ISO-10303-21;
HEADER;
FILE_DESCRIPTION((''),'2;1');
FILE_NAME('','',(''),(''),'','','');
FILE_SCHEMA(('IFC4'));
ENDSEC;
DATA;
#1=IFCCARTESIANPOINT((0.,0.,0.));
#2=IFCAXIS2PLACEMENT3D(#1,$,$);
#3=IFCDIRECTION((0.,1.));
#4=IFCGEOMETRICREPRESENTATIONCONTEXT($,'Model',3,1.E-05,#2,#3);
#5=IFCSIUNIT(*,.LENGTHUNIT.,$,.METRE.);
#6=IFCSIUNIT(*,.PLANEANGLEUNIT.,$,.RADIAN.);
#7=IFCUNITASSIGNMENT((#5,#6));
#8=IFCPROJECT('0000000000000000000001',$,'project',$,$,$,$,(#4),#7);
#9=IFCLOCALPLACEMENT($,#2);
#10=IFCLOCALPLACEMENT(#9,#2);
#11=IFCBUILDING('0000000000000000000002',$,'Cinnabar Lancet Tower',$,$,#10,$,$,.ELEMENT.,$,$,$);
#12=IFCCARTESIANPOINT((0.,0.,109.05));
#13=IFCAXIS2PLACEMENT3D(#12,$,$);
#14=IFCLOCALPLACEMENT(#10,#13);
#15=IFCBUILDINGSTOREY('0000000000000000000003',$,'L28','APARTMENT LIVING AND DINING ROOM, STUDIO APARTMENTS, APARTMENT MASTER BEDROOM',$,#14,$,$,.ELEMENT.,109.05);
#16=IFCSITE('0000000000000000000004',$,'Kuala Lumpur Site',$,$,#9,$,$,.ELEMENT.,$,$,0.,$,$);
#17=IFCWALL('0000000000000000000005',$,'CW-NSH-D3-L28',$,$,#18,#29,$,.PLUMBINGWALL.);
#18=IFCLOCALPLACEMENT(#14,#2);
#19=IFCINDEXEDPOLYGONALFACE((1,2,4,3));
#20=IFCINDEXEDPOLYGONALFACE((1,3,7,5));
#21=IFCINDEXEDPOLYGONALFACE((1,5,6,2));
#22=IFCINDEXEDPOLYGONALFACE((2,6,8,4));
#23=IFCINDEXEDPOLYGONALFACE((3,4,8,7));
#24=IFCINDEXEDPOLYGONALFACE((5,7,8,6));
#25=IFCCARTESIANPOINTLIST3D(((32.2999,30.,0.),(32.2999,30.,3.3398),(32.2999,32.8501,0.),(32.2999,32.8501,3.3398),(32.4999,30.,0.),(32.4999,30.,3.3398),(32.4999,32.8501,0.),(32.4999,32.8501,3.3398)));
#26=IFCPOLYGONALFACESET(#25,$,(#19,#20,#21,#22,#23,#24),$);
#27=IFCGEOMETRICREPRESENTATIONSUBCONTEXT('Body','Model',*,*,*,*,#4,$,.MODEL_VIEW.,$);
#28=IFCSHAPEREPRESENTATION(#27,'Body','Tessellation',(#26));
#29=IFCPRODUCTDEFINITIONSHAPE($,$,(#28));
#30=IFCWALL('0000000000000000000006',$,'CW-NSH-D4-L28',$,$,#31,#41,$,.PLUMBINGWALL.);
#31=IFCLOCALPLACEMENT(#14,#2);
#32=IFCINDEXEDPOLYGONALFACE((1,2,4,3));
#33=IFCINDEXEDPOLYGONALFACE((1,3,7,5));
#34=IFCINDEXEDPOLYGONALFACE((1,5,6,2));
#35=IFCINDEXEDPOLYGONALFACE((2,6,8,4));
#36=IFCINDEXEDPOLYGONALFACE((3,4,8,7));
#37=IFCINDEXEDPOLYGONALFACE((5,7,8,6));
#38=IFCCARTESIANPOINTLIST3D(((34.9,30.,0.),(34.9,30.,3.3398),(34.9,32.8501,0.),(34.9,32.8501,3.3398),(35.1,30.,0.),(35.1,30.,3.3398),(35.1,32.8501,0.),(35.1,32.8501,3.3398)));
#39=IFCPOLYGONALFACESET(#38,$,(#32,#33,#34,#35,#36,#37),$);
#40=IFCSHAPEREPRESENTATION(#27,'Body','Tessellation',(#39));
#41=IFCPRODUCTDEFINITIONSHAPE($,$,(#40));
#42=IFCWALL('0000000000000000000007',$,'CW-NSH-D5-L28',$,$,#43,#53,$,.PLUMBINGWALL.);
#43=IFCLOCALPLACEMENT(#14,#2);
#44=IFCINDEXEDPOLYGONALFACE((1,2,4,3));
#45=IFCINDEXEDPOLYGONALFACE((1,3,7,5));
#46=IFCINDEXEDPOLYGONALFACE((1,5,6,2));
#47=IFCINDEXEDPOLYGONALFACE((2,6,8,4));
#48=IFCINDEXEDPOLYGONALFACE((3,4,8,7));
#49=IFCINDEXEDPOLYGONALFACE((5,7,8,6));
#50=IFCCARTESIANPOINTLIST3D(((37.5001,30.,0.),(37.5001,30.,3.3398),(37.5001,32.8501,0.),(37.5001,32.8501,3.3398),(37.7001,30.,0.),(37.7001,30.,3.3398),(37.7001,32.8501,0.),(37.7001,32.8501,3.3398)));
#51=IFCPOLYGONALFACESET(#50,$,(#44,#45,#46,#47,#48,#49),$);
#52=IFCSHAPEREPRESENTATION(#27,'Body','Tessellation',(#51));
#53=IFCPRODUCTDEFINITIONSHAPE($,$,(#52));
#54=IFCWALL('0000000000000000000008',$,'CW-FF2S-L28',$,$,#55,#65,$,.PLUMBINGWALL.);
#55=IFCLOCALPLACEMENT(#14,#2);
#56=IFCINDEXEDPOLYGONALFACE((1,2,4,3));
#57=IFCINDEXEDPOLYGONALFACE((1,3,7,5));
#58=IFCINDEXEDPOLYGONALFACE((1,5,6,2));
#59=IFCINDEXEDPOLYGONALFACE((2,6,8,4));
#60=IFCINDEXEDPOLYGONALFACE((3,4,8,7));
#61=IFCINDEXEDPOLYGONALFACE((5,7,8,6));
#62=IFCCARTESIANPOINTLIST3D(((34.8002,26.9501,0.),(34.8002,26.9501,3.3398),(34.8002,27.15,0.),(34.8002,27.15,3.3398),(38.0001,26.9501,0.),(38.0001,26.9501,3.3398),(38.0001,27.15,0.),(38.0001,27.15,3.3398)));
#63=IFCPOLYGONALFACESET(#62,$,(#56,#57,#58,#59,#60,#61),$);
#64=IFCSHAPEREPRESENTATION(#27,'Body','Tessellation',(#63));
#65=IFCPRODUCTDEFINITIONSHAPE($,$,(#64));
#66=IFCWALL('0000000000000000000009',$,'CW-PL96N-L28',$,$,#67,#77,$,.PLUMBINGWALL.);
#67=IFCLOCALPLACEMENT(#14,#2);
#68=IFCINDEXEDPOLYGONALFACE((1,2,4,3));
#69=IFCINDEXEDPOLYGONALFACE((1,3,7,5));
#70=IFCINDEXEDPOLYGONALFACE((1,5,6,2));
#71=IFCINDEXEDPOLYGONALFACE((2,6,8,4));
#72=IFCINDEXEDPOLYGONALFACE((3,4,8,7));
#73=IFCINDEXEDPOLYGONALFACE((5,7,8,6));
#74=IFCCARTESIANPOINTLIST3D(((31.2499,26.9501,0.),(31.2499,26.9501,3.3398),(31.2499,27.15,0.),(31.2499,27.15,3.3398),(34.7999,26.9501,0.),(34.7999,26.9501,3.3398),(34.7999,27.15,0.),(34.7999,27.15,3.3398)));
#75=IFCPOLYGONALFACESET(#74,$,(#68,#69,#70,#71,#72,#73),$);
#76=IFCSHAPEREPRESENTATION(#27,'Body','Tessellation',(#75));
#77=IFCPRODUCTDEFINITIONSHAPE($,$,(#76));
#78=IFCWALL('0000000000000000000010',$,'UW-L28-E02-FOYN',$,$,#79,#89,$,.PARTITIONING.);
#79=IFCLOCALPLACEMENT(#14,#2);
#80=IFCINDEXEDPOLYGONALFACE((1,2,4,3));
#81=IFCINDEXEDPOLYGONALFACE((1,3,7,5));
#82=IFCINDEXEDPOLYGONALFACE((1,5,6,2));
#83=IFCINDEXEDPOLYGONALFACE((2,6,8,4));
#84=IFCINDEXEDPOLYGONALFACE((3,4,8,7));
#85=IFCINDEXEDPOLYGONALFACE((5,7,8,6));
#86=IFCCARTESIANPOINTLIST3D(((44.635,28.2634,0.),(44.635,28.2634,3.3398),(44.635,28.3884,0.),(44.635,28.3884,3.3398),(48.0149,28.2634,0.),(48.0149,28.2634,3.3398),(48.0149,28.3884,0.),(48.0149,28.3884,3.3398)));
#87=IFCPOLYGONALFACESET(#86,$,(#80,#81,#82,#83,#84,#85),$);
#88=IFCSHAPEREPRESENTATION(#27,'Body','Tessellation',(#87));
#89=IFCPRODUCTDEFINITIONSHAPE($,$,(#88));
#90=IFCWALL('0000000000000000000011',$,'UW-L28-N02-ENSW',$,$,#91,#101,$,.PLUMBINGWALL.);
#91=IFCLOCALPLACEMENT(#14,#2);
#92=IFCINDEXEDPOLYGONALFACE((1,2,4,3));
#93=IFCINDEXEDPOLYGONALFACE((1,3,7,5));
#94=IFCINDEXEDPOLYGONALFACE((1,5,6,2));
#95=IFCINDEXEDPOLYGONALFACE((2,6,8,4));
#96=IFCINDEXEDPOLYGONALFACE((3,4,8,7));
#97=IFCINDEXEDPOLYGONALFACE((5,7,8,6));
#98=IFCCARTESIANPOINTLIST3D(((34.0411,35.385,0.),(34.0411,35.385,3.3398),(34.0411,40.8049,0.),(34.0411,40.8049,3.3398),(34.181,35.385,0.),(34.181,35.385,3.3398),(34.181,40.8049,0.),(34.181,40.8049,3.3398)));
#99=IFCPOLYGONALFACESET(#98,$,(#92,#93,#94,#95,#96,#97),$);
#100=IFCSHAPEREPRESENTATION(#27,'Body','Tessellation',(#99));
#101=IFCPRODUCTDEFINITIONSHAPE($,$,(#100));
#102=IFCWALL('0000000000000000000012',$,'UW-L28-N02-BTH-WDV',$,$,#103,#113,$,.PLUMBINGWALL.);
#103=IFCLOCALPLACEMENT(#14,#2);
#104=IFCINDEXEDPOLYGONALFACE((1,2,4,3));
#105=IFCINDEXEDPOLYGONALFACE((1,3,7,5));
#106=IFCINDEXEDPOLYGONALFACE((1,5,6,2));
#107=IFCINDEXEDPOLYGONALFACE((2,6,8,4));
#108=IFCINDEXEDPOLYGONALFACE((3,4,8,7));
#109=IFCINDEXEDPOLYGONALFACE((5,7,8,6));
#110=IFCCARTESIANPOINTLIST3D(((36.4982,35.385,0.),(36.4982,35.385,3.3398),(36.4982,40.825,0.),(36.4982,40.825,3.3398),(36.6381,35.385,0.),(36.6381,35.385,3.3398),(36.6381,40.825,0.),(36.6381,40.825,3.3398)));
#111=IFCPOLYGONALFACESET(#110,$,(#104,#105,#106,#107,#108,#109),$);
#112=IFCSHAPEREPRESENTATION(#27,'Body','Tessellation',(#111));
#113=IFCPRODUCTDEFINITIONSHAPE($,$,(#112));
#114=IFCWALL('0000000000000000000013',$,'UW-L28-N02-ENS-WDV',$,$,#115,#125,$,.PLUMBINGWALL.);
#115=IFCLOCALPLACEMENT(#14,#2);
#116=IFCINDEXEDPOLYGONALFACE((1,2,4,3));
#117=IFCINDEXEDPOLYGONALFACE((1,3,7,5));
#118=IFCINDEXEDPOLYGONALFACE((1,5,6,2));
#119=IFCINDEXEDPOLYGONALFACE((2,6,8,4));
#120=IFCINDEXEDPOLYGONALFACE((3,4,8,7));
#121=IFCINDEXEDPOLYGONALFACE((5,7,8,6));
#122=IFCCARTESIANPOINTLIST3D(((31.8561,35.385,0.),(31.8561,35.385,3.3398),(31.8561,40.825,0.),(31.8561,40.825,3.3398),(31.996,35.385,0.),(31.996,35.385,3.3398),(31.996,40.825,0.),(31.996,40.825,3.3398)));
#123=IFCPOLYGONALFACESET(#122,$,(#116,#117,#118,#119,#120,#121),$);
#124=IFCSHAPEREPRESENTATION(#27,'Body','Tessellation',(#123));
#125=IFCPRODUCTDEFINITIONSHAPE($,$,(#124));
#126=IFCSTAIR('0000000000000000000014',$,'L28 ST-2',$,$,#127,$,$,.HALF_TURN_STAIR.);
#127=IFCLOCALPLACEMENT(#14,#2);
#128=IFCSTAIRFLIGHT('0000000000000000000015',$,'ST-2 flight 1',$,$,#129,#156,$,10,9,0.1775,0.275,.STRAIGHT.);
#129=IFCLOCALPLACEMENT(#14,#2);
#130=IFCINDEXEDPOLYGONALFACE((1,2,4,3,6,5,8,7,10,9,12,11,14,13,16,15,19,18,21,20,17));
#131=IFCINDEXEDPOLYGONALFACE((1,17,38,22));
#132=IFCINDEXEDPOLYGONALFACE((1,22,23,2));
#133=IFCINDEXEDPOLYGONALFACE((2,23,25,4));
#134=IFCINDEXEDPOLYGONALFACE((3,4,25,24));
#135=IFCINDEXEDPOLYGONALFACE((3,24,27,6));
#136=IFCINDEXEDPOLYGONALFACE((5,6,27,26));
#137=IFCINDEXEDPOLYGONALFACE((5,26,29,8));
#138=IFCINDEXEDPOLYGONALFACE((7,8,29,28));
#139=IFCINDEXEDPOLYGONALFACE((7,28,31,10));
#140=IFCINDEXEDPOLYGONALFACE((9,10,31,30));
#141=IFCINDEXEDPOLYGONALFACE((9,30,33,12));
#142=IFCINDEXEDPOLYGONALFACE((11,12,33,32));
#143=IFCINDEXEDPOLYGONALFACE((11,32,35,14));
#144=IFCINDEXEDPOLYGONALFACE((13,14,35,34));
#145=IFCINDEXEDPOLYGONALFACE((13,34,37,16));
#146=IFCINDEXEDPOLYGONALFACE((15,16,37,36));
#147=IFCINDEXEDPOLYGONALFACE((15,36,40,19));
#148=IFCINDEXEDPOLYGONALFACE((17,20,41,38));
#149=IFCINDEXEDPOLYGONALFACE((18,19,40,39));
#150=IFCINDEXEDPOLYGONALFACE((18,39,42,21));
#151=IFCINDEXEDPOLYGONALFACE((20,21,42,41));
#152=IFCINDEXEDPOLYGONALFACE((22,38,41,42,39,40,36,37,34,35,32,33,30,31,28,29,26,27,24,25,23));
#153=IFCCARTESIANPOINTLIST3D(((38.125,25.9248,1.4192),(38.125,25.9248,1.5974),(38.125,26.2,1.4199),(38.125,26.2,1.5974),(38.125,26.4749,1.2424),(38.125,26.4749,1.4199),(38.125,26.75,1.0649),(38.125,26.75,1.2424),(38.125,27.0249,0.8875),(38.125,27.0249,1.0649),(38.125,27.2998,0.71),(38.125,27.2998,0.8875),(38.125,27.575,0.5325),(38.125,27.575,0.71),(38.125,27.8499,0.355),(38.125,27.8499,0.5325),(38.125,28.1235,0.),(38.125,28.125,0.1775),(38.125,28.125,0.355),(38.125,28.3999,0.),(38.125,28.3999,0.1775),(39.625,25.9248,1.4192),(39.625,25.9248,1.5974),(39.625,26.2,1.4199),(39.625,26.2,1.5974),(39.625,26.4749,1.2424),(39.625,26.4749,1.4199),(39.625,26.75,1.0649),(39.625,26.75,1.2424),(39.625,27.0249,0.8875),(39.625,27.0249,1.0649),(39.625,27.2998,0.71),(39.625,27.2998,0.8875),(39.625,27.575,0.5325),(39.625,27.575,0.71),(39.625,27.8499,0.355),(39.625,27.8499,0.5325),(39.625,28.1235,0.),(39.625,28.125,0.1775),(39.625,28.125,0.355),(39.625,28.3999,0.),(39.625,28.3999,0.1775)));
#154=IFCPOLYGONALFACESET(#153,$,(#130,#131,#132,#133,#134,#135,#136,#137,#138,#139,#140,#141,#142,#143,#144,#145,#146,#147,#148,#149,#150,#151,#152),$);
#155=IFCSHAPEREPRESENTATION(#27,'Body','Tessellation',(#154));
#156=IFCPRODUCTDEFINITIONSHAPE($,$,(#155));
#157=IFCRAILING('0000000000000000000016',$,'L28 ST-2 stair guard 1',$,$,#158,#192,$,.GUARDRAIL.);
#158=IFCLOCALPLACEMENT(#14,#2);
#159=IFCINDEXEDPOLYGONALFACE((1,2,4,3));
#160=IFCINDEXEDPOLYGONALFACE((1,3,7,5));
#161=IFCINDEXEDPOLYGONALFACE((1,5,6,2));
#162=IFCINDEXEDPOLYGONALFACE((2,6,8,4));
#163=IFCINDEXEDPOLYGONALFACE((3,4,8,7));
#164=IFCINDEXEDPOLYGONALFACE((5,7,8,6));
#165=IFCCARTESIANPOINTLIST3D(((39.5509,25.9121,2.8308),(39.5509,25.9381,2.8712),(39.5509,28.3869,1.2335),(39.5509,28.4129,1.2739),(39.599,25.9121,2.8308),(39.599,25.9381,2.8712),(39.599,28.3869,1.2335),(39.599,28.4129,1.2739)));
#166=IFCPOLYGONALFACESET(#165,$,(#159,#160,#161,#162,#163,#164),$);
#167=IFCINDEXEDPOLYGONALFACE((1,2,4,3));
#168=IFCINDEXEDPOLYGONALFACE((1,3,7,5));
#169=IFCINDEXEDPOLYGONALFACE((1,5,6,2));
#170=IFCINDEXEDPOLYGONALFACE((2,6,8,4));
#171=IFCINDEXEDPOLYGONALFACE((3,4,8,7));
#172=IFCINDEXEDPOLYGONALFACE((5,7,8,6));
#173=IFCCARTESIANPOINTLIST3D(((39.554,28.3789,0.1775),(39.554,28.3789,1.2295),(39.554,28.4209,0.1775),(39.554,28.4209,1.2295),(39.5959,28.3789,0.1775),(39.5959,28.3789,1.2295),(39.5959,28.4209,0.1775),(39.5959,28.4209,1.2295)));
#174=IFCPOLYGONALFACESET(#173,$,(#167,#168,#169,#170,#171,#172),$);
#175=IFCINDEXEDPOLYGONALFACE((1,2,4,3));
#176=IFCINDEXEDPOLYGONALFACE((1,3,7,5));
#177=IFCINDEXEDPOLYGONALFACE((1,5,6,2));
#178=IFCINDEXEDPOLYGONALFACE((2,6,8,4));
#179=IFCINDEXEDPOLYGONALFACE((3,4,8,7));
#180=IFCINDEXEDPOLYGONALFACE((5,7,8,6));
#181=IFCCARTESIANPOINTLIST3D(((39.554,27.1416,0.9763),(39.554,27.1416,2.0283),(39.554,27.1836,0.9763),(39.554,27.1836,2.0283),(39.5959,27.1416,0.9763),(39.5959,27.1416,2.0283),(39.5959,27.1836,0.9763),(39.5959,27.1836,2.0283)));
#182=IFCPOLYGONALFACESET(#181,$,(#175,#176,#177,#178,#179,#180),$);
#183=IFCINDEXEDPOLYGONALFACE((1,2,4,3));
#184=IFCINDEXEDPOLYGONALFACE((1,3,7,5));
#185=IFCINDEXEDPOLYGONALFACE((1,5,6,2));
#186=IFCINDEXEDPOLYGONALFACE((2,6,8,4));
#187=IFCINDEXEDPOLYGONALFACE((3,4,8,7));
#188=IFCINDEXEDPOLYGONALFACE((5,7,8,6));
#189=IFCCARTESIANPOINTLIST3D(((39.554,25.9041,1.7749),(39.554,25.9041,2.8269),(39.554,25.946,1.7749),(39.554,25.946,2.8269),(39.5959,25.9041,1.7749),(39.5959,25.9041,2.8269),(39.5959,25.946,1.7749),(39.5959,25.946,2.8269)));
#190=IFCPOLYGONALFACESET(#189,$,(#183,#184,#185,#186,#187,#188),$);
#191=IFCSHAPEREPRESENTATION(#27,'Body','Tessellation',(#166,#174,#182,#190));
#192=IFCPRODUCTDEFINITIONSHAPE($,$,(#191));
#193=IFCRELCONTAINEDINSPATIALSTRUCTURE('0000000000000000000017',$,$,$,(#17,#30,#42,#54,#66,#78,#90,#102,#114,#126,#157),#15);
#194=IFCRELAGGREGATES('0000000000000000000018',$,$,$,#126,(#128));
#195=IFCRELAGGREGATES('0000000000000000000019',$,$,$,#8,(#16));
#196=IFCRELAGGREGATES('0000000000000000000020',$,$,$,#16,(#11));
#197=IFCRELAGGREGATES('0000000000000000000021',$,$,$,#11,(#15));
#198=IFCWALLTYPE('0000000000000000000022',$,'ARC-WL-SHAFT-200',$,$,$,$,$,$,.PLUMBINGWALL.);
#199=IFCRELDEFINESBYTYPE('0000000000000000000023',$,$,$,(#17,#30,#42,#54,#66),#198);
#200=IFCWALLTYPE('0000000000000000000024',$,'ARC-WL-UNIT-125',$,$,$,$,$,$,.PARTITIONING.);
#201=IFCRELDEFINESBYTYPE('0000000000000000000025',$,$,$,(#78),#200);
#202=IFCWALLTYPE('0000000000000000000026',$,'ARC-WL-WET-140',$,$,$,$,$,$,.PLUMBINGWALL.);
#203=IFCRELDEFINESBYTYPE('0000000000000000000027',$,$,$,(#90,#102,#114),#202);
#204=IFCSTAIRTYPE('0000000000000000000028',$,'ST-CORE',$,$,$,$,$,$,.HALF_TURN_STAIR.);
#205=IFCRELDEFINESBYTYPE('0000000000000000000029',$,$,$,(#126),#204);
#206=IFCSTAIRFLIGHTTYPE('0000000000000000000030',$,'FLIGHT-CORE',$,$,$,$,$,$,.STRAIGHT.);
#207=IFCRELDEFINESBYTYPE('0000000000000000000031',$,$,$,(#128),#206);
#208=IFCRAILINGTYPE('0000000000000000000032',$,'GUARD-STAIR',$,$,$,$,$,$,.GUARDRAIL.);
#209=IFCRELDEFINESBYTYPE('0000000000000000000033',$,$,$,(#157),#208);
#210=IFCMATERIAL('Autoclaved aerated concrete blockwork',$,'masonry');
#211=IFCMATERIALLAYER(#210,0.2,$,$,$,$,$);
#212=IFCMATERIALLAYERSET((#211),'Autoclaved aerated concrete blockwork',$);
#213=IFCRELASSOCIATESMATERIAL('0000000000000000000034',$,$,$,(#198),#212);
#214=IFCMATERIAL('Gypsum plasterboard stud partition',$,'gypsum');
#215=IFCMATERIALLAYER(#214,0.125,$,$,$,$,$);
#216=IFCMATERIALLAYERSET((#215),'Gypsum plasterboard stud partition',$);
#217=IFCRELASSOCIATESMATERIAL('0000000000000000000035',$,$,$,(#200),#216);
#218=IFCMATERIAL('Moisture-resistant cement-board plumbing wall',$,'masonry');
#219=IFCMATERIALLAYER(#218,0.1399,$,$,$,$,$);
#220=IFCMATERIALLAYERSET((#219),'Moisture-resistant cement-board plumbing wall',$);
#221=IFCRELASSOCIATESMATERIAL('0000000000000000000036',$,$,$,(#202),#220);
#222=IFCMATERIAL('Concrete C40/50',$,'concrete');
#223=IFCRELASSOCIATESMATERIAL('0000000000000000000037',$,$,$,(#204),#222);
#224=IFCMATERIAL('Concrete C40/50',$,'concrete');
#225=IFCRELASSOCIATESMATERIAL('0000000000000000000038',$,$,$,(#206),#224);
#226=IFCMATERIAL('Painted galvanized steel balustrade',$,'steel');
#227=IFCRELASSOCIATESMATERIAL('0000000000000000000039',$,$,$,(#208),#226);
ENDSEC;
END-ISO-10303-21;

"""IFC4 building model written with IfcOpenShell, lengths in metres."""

from ifc_helpers import new_model, si_unit, direction, frame, frame_2d, origin, origin_2d, place, context, subcontext, project, spatial, polyline, rectangle, outline, extrude, material, layer, layer_set, type_object, element, aggregate, save


model = new_model("IFC4")

# Units and contexts
model_context = context("Model", 3, precision=1e-05, world=origin(), true_north=direction((0.0, 1.0)))
body_context = subcontext(model_context, "Body", "Model", "MODEL_VIEW")
ifc_project = project(units=[si_unit("LENGTHUNIT", "METRE"), si_unit("PLANEANGLEUNIT", "RADIAN")], contexts=[model_context])

# Site, building, storey
site_placement = place(None, origin())
site = spatial("IfcSite", under=ifc_project, at=site_placement, Name="Kuala Lumpur Site", CompositionType="ELEMENT", RefElevation=0.0)
building_placement = place(site_placement, origin())
building = spatial("IfcBuilding", under=site, at=building_placement, Name="Cinnabar Lancet Tower", CompositionType="ELEMENT")
storey_placement = place(building_placement, frame((0.0, 0.0, 109.05)))
storey = spatial("IfcBuildingStorey", under=building, at=storey_placement, Name="L28", Description="APARTMENT LIVING AND DINING ROOM, STUDIO APARTMENTS, APARTMENT MASTER BEDROOM", CompositionType="ELEMENT", Elevation=109.05)

# Shared definitions
ifc_material_1 = material(Name="Autoclaved aerated concrete blockwork", Category="masonry")
ifc_layer_1 = layer(ifc_material_1, 0.2)
ifc_layer_set_1 = layer_set([ifc_layer_1], Name="Autoclaved aerated concrete blockwork")
wall_type_1 = type_object("IfcWallType", Name="ARC-WL-SHAFT-200", PredefinedType="PLUMBINGWALL", material=ifc_layer_set_1)

# Walls
for number, where, z_axis, x_axis, name in (
    (1, (32.3999, 30.0, 0.0), (0.0, 0.0, 1.0), (0.0, 1.0, 0.0), "CW-NSH-D3-L28"),
    (2, (35.0, 30.0, 0.0), (0.0, 0.0, 1.0), (0.0, 1.0, 0.0), "CW-NSH-D4-L28"),
    (3, (37.6001, 30.0, 0.0), (0.0, 0.0, 1.0), (0.0, 1.0, 0.0), "CW-NSH-D5-L28"),
):
    element("IfcWall", number, at=place(storey_placement, frame(where, z_axis=z_axis, x_axis=x_axis)), inside=storey, type_object=wall_type_1, Name=name, PredefinedType="PLUMBINGWALL", context=body_context, shape_type="SweptSolid", body=[
        extrude(rectangle(XDim=2.8501, YDim=0.2, at=frame_2d((1.425, 0.0))), origin(), (0.0, 0.0, 1.0), 3.3398),
    ])

# Walls
wall_1_placement = place(storey_placement, frame((34.8, 27.05, 0.0), z_axis=(0.0, 0.0, 1.0), x_axis=(1.0, 0.0, 0.0)))
element("IfcWall", 4, at=wall_1_placement, inside=storey, type_object=wall_type_1, Name="CW-FF2S-L28", PredefinedType="PLUMBINGWALL", context=body_context, shape_type="SweptSolid", body=[
    extrude(rectangle(XDim=3.2, YDim=0.2, at=frame_2d((1.6001, 0.0))), origin(), (0.0, 0.0, 1.0), 3.3398),
])
wall_2_placement = place(storey_placement, frame((31.25, 27.05, 0.0), z_axis=(0.0, 0.0, 1.0), x_axis=(1.0, 0.0, 0.0)))
element("IfcWall", 5, at=wall_2_placement, inside=storey, type_object=wall_type_1, Name="CW-PL96N-L28", PredefinedType="PLUMBINGWALL", context=body_context, shape_type="SweptSolid", body=[
    extrude(rectangle(XDim=3.55, YDim=0.2, at=frame_2d((1.7749, 0.0))), origin(), (0.0, 0.0, 1.0), 3.3398),
])
ifc_material_2 = material(Name="Gypsum plasterboard stud partition", Category="gypsum")
ifc_layer_2 = layer(ifc_material_2, 0.125)
ifc_layer_set_2 = layer_set([ifc_layer_2], Name="Gypsum plasterboard stud partition")
wall_type_2 = type_object("IfcWallType", Name="ARC-WL-UNIT-125", PredefinedType="PARTITIONING", material=ifc_layer_set_2)
wall_3_placement = place(storey_placement, frame((44.635, 28.3259, 0.0), z_axis=(0.0, 0.0, 1.0), x_axis=(1.0, 0.0, 0.0)))
element("IfcWall", 6, at=wall_3_placement, inside=storey, type_object=wall_type_2, Name="UW-L28-E02-FOYN", PredefinedType="PARTITIONING", context=body_context, shape_type="SweptSolid", body=[
    extrude(rectangle(XDim=3.3799, YDim=0.125, at=frame_2d((1.6899, 0.0))), origin(), (0.0, 0.0, 1.0), 3.3398),
])
ifc_material_3 = material(Name="Moisture-resistant cement-board plumbing wall", Category="masonry")
ifc_layer_3 = layer(ifc_material_3, 0.1399)
ifc_layer_set_3 = layer_set([ifc_layer_3], Name="Moisture-resistant cement-board plumbing wall")
wall_type_3 = type_object("IfcWallType", Name="ARC-WL-WET-140", PredefinedType="PLUMBINGWALL", material=ifc_layer_set_3)
wall_4_placement = place(storey_placement, frame((34.1111, 35.385, 0.0), z_axis=(0.0, 0.0, 1.0), x_axis=(0.0, 1.0, 0.0)))
element("IfcWall", 7, at=wall_4_placement, inside=storey, type_object=wall_type_3, Name="UW-L28-N02-ENSW", PredefinedType="PLUMBINGWALL", context=body_context, shape_type="SweptSolid", body=[
    extrude(rectangle(XDim=5.4199, YDim=0.1399, at=frame_2d((2.71, 0.0))), origin(), (0.0, 0.0, 1.0), 3.3398),
])
for number, where, z_axis, x_axis, name in (
    (8, (36.5681, 35.385, 0.0), (0.0, 0.0, 1.0), (0.0, 1.0, 0.0), "UW-L28-N02-BTH-WDV"),
    (9, (31.926, 35.385, 0.0), (0.0, 0.0, 1.0), (0.0, 1.0, 0.0), "UW-L28-N02-ENS-WDV"),
):
    element("IfcWall", number, at=place(storey_placement, frame(where, z_axis=z_axis, x_axis=x_axis)), inside=storey, type_object=wall_type_3, Name=name, PredefinedType="PLUMBINGWALL", context=body_context, shape_type="SweptSolid", body=[
        extrude(rectangle(XDim=5.4399, YDim=0.1399, at=frame_2d((2.72, 0.0))), origin(), (0.0, 0.0, 1.0), 3.3398),
    ])

# Stair, stair flight
ifc_material_4 = material(Name="Concrete C40/50", Category="concrete")
stair_type = type_object("IfcStairType", Name="ST-CORE", PredefinedType="HALF_TURN_STAIR", material=ifc_material_4)
stair_placement = place(storey_placement, origin())
stair = element("IfcStair", 10, at=stair_placement, inside=storey, type_object=stair_type, Name="L28 ST-2", PredefinedType="HALF_TURN_STAIR")
ifc_material_5 = material(Name="Concrete C40/50", Category="concrete")
stair_flight_type = type_object("IfcStairFlightType", Name="FLIGHT-CORE", PredefinedType="STRAIGHT", material=ifc_material_5)
stair_flight_placement = place(storey_placement, frame((38.875, 28.3999, 0.0), z_axis=(0.0, 0.0, 1.0), x_axis=(0.0, -1.0, 0.0)))
stair_flight = element("IfcStairFlight", 11, at=stair_flight_placement, type_object=stair_flight_type, Name="ST-2 flight 1", NumberOfRisers=10, NumberOfTreads=9, PredefinedType="STRAIGHT", RiserHeight=0.1775, TreadLength=0.275, context=body_context, shape_type="SweptSolid", body=[
    extrude(outline(polyline([(0.0, 0.0), (0.0, 0.1775), (0.2749, 0.1775), (0.2749, 0.355), (0.55, 0.355), (0.55, 0.5325), (0.825, 0.5325), (0.825, 0.71), (1.1001, 0.71), (1.1001, 0.8875), (1.375, 0.8875), (1.375, 1.0649), (1.6499, 1.0649), (1.6499, 1.2424), (1.925, 1.2424), (1.925, 1.4199), (2.2, 1.4199), (2.2, 1.5974), (2.4751, 1.5974), (2.4751, 1.7749), (2.4751, 1.4192), (0.2764, 0.0), (0.0, 0.0)])), frame((0.0, 0.75, 0.0), z_axis=(0.0, -1.0, 0.0), x_axis=(1.0, 0.0, 0.0)), (0.0, 0.0, 1.0), 1.5),
])
aggregate(stair, [stair_flight])

# Railing
ifc_material_6 = material(Name="Painted galvanized steel balustrade", Category="steel")
railing_type_1 = type_object("IfcRailingType", Name="GUARD-STAIR", PredefinedType="GUARDRAIL", material=ifc_material_6)
railing_1_placement = place(storey_placement, frame((39.575, 28.3999, 0.1775)))
element("IfcRailing", 12, at=railing_1_placement, inside=storey, type_object=railing_type_1, Name="L28 ST-2 stair guard 1", PredefinedType="GUARDRAIL", context=body_context, shape_type="SweptSolid", body=[
    extrude(rectangle(XDim=0.0481, YDim=0.0481, at=origin_2d()), frame((0.0, 0.0, 1.0762), z_axis=(0.0, -0.840183, 0.542302), x_axis=(1.0, 0.0, 0.0)), (0.0, 0.0, 1.0), 2.9456),
    extrude(rectangle(XDim=0.042, YDim=0.042, at=origin_2d()), origin(), (0.0, 0.0, 1.0), 1.052),
    extrude(rectangle(XDim=0.042, YDim=0.042, at=origin_2d()), frame((0.0, -1.2373, 0.7988)), (0.0, 0.0, 1.0), 1.052),
    extrude(rectangle(XDim=0.042, YDim=0.042, at=origin_2d()), frame((0.0, -2.4749, 1.5974)), (0.0, 0.0, 1.0), 1.052),
])

save(model, "model.ifc")
